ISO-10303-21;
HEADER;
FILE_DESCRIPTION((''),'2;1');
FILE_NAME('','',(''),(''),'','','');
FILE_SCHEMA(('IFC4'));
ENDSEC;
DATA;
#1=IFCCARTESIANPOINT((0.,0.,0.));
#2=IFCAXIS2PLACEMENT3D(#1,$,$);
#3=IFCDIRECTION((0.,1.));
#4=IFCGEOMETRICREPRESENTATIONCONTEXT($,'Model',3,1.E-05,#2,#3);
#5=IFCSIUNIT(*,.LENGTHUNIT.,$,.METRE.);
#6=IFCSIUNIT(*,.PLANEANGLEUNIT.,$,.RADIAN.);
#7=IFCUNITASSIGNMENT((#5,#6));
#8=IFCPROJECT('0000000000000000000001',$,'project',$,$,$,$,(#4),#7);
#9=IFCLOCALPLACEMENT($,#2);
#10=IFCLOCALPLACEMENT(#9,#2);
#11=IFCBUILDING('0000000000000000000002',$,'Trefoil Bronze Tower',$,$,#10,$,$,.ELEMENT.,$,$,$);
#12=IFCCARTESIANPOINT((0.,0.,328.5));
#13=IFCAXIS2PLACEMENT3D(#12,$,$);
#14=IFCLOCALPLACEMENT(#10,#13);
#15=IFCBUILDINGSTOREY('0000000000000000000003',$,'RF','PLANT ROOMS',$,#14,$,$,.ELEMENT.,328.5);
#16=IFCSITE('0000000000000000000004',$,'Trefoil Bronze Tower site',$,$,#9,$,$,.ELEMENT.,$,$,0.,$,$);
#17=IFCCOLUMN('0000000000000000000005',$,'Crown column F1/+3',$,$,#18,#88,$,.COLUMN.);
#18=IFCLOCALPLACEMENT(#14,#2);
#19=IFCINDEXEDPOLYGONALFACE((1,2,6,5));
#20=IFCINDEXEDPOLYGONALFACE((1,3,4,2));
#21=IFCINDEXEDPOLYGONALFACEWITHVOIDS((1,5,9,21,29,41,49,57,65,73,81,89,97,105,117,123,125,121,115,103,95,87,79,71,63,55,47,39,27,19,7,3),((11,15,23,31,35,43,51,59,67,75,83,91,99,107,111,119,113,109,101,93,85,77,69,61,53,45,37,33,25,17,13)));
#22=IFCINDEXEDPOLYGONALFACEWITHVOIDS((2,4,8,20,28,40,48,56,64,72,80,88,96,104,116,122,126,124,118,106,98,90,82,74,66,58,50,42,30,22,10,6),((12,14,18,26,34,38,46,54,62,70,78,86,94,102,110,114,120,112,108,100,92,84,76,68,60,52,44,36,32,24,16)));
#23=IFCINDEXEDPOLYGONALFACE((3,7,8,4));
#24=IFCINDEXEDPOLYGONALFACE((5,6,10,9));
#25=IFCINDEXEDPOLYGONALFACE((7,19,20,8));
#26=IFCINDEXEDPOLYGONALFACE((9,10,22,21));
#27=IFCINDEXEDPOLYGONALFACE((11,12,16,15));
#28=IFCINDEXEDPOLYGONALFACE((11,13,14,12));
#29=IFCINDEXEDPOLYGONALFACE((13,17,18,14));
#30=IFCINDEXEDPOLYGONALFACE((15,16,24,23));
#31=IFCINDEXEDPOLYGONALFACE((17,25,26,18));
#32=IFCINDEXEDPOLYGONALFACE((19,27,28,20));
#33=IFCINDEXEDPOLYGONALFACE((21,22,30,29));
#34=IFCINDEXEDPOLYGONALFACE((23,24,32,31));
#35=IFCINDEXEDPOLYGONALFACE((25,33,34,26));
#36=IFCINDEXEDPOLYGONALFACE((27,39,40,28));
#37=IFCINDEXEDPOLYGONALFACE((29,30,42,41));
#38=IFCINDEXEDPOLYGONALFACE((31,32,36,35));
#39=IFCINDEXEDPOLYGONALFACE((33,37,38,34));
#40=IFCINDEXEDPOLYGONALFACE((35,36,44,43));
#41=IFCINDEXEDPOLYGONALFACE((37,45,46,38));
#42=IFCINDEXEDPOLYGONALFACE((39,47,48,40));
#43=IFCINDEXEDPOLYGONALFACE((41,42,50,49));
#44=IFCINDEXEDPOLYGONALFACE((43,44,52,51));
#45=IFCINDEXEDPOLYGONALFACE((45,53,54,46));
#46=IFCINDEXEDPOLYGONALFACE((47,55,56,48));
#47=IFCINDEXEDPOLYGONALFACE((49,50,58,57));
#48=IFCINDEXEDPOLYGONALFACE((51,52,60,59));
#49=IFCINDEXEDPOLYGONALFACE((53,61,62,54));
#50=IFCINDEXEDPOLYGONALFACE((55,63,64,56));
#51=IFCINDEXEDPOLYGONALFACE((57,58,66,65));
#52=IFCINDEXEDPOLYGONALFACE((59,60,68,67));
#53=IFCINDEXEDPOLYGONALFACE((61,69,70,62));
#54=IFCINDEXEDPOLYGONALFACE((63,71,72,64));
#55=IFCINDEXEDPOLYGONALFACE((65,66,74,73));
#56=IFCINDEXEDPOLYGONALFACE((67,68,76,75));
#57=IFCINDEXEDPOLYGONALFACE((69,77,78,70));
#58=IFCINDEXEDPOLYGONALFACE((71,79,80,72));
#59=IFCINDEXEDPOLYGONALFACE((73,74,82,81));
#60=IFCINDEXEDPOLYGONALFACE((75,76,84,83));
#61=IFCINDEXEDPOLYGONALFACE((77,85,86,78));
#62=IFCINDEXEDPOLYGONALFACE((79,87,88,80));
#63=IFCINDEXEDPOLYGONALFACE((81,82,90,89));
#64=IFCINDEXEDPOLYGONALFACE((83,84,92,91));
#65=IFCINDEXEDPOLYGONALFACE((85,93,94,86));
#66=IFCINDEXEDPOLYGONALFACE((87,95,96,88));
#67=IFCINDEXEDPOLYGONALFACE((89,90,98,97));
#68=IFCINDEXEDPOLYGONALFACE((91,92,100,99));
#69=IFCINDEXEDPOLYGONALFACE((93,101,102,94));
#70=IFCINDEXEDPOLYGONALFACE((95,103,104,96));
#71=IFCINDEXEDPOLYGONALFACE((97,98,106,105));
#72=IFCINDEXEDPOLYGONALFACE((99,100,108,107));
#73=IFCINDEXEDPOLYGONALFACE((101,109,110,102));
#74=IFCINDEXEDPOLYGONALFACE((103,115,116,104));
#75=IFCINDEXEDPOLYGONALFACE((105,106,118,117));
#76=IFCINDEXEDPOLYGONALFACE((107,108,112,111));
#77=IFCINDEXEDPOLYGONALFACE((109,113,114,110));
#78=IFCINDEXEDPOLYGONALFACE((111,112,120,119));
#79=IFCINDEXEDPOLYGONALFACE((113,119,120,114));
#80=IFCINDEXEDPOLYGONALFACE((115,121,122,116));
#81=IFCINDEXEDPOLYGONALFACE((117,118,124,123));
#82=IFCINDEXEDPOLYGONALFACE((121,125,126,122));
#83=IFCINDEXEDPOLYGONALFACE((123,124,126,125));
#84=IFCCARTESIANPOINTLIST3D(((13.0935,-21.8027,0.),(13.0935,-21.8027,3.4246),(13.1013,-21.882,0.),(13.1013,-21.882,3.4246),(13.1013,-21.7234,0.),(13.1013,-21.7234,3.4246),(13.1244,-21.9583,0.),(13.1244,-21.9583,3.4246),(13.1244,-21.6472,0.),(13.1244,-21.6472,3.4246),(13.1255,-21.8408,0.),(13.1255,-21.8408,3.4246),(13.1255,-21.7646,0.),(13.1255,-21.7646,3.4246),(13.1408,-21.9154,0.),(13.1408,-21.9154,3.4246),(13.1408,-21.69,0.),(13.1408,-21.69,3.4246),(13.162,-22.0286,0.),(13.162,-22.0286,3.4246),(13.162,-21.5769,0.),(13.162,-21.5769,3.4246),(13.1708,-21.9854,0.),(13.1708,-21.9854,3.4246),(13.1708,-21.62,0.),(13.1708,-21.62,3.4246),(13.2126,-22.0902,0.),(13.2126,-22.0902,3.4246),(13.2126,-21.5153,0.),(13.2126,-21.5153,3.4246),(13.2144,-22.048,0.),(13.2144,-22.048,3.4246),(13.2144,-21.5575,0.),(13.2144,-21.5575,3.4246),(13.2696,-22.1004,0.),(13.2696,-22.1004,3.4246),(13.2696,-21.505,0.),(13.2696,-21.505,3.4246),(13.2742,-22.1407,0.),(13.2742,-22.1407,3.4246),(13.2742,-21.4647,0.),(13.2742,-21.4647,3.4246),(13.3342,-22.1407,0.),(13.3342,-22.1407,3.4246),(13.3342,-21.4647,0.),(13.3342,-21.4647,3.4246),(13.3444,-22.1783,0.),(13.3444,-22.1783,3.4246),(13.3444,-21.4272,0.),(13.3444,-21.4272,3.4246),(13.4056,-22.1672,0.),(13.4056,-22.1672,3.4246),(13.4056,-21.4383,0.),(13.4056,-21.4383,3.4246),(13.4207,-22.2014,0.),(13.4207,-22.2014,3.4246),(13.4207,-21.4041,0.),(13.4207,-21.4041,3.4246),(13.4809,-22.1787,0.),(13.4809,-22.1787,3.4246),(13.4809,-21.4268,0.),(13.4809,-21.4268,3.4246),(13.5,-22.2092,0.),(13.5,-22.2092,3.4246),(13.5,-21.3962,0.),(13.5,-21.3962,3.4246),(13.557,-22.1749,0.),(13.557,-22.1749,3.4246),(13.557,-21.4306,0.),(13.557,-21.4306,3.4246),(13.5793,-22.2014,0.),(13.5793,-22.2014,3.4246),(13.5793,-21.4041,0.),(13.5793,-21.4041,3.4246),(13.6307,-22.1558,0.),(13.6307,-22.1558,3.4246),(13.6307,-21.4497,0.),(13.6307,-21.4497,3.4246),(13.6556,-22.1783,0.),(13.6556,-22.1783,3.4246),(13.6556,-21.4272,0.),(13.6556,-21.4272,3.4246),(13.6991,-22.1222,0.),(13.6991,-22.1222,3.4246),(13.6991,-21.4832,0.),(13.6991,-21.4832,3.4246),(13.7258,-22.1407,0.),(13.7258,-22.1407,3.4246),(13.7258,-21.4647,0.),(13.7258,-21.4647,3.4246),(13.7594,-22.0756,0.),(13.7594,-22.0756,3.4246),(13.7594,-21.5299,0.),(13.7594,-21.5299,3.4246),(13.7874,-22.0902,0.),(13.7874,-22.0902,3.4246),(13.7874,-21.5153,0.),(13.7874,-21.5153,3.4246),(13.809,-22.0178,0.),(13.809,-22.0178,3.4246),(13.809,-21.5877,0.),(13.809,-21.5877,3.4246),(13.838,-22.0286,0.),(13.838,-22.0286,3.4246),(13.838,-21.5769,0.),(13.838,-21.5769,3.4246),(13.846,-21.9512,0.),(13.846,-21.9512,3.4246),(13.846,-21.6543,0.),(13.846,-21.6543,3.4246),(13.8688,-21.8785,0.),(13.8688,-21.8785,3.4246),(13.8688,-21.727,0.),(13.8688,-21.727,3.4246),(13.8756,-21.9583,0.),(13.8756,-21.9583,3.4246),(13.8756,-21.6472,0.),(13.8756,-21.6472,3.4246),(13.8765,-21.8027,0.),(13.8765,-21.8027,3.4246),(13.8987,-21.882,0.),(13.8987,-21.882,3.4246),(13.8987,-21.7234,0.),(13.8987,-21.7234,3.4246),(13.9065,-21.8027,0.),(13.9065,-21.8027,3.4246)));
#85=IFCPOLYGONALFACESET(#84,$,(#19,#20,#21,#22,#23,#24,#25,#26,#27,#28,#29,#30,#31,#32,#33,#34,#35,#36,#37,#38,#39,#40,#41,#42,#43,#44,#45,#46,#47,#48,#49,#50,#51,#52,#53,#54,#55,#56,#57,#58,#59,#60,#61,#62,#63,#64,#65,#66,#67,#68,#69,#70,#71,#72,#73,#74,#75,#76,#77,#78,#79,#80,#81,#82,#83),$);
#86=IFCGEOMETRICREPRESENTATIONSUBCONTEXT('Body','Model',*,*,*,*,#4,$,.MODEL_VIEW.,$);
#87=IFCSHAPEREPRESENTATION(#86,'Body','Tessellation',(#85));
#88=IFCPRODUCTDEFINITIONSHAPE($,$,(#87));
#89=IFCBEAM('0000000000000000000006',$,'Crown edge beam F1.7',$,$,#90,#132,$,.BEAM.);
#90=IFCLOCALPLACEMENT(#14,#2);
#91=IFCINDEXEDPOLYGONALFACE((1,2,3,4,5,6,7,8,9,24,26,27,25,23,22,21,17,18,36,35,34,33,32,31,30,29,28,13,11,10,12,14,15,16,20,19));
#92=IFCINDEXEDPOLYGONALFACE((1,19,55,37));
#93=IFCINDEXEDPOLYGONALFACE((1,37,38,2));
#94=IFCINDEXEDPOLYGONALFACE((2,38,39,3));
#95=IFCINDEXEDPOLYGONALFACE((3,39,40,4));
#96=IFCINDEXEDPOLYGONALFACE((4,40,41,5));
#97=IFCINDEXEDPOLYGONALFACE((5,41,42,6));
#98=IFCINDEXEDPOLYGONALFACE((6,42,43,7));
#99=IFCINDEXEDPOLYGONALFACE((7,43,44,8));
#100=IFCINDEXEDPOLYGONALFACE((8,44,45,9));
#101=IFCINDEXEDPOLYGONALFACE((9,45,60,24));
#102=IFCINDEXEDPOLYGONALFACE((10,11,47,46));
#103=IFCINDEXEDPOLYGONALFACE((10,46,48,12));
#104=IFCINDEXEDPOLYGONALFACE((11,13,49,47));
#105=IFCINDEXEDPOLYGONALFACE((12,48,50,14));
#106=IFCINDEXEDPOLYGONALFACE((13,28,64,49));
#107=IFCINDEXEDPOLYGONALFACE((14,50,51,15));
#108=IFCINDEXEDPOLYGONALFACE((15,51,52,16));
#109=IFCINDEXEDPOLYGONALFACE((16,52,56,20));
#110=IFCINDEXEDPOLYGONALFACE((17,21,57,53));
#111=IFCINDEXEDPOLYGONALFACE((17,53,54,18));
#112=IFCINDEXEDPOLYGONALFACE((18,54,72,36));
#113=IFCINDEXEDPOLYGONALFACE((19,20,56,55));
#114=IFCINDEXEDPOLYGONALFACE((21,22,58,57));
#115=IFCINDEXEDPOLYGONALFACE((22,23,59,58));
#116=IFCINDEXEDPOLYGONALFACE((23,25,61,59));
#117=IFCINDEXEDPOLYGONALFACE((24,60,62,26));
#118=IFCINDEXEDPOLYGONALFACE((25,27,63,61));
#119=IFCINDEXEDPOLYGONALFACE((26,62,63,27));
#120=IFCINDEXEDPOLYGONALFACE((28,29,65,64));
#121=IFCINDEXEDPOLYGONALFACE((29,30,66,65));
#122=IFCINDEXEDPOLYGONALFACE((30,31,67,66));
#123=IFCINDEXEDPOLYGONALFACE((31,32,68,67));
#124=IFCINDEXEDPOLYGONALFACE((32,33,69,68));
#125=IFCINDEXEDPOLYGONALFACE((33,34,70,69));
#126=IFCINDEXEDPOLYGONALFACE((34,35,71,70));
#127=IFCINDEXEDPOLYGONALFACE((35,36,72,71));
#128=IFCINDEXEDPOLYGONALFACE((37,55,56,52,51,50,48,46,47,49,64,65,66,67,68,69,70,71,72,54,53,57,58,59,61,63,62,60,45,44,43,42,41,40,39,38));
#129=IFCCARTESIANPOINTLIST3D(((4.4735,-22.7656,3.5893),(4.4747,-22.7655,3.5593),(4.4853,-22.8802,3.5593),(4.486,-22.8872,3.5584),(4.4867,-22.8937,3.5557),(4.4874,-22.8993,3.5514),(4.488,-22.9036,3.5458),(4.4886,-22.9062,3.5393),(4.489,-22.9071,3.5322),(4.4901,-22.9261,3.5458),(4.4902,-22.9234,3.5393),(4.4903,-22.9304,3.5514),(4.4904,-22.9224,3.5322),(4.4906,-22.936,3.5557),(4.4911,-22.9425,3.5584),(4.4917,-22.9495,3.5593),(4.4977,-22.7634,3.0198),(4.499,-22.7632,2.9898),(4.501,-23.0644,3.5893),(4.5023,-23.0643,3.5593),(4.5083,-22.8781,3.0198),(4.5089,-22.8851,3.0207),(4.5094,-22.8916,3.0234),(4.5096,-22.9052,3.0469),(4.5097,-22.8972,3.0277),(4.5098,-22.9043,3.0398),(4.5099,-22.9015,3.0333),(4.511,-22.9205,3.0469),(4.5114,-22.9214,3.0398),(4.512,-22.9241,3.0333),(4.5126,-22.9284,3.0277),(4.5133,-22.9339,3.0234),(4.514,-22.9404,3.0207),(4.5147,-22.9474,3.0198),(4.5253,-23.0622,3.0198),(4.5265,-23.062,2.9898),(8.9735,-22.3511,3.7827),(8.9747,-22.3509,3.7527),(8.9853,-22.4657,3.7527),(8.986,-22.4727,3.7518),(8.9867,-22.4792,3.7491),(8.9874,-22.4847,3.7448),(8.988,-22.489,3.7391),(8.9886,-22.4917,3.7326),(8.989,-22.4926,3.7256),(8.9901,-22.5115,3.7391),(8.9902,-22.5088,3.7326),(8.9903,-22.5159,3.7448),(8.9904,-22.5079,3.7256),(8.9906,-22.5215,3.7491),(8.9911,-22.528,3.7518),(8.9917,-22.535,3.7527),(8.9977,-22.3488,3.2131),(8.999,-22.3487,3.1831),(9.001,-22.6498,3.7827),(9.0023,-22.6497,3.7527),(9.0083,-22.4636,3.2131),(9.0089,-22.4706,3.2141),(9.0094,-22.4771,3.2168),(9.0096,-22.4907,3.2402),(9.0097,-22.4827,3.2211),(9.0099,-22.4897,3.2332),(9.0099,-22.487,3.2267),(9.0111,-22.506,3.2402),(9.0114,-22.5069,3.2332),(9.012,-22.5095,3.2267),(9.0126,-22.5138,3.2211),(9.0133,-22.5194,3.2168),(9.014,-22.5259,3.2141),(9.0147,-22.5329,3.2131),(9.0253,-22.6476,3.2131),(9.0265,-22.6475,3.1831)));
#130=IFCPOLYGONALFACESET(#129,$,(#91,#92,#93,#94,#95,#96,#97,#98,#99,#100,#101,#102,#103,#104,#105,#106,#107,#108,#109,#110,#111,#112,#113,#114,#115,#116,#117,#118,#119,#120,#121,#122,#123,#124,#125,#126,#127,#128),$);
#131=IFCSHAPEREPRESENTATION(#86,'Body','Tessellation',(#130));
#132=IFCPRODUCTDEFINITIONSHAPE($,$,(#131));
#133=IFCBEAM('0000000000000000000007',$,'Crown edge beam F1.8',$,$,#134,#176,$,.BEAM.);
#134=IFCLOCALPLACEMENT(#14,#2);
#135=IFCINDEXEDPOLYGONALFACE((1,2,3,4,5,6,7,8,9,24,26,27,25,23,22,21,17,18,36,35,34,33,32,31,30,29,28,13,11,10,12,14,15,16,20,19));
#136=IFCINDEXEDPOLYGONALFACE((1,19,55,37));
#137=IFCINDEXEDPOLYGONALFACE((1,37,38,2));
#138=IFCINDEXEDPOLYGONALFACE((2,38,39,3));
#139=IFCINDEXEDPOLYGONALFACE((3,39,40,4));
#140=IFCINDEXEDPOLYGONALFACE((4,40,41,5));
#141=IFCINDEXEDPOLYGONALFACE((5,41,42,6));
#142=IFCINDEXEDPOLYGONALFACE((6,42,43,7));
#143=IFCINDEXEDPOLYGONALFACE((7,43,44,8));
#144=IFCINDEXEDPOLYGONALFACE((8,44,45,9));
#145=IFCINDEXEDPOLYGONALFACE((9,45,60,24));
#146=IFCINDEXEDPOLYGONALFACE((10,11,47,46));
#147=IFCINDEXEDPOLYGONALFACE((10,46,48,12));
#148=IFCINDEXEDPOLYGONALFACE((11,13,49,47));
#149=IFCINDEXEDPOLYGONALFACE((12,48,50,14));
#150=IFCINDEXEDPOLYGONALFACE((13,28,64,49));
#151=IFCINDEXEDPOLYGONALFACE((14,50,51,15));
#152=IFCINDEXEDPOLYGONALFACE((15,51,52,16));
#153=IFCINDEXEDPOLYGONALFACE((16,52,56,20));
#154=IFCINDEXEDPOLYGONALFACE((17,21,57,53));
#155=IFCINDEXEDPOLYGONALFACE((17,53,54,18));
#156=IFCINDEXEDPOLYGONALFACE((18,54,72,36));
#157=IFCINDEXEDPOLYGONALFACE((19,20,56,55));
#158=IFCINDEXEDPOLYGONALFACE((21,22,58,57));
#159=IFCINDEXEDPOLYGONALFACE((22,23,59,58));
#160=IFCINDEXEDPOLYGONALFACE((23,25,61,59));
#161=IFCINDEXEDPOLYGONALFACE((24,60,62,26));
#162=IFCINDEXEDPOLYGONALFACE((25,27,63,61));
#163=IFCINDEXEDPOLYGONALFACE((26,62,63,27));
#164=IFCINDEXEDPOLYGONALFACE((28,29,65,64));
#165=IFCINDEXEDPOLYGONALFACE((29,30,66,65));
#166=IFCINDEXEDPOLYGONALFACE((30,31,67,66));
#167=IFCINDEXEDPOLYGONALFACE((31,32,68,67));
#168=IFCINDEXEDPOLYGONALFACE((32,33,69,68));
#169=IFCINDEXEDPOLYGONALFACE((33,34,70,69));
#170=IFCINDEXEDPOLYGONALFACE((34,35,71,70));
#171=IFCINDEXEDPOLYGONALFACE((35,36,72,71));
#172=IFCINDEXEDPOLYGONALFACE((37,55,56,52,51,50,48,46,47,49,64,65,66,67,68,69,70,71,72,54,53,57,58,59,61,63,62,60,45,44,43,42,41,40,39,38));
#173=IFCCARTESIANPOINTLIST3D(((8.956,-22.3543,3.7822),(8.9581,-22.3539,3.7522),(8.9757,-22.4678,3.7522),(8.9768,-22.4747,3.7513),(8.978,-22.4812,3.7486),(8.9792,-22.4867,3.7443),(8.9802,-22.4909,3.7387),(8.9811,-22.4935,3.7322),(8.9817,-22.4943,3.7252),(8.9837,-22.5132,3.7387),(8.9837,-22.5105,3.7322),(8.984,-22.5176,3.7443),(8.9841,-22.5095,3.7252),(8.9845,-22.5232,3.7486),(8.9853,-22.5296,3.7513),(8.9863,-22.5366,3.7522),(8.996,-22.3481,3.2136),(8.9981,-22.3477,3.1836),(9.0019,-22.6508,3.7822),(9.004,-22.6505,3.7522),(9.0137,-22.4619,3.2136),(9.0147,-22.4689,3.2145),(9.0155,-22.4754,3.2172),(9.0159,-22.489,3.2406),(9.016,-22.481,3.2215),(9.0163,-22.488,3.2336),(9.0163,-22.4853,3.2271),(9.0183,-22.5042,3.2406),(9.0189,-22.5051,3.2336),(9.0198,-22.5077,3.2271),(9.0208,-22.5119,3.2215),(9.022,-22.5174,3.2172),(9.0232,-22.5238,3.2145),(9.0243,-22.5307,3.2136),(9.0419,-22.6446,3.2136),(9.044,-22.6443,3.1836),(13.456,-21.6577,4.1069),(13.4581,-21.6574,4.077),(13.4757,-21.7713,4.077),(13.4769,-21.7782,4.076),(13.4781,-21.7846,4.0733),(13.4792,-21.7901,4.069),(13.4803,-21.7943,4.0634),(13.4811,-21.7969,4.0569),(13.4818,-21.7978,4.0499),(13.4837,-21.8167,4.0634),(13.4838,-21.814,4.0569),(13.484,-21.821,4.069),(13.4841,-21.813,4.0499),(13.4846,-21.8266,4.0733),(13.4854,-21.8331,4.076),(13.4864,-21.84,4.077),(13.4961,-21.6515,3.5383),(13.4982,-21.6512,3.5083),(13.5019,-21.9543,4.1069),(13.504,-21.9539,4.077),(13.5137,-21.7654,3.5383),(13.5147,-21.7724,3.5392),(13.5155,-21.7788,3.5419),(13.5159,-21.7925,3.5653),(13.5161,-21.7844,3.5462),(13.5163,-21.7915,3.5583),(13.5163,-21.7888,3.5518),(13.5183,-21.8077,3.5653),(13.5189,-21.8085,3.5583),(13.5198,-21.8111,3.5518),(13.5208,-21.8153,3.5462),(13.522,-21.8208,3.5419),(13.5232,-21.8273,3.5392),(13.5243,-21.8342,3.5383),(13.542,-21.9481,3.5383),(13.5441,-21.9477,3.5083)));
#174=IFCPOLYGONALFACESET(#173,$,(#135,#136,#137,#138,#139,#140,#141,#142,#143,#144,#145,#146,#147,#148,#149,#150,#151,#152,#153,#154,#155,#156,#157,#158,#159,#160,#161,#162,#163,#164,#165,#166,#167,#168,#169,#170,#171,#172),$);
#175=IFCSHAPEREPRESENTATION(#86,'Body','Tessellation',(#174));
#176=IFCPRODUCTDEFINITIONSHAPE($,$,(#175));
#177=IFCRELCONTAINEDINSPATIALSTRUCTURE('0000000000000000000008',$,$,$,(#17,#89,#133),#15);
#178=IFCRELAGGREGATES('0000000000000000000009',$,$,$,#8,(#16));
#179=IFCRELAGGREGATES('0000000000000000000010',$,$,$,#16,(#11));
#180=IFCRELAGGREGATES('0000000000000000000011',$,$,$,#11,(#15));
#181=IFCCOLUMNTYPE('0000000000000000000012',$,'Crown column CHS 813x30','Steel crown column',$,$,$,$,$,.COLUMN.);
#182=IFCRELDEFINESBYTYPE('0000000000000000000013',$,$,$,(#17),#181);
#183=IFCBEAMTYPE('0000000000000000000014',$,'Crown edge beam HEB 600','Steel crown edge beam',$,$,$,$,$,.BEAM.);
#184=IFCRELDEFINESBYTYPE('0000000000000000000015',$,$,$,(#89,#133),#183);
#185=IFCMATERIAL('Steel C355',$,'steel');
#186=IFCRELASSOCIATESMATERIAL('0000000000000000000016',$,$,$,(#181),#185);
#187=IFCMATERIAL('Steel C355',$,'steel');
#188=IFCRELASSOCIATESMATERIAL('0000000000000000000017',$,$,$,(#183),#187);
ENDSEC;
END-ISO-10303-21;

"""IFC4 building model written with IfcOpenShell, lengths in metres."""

from ifc_helpers import new_model, si_unit, direction, frame, origin, origin_2d, place, context, subcontext, project, spatial, hollow_circle, i_section, extrude, material, material_profile, profile_set, type_object, element, save


model = new_model("IFC4")

# Units and contexts
model_context = context("Model", 3, precision=1e-05, world=origin(), true_north=direction((0.0, 1.0)))
body_context = subcontext(model_context, "Body", "Model", "MODEL_VIEW")
ifc_project = project(units=[si_unit("LENGTHUNIT", "METRE"), si_unit("PLANEANGLEUNIT", "RADIAN")], contexts=[model_context])

# Site, building, storey
site_placement = place(None, origin())
site = spatial("IfcSite", under=ifc_project, at=site_placement, Name="Trefoil Bronze Tower site", CompositionType="ELEMENT", RefElevation=0.0)
building_placement = place(site_placement, origin())
building = spatial("IfcBuilding", under=site, at=building_placement, Name="Trefoil Bronze Tower", CompositionType="ELEMENT")
storey_placement = place(building_placement, frame((0.0, 0.0, 328.5)))
storey = spatial("IfcBuildingStorey", under=building, at=storey_placement, Name="RF", Description="PLANT ROOMS", CompositionType="ELEMENT", Elevation=328.5)

# Column
ifc_material_1 = material(Name="Steel C355", Category="steel")
ifc_material_profile_1 = material_profile(ifc_material_1, hollow_circle(Radius=0.4065, WallThickness=0.03, at=origin_2d()), Name="CHS 813x30")
ifc_profile_set_1 = profile_set([ifc_material_profile_1], Name="Steel C355")
column_type = type_object("IfcColumnType", Name="Crown column CHS 813x30", Description="Steel crown column", PredefinedType="COLUMN", material=ifc_profile_set_1)
column_1_placement = place(storey_placement, frame((13.5, -21.8027, 0.0), z_axis=(0.0, 0.0, 1.0), x_axis=(1.0, 0.0, 0.0)))
element("IfcColumn", 1, at=column_1_placement, inside=storey, type_object=column_type, Name="Crown column F1/+3", PredefinedType="COLUMN", context=body_context, shape_type="SweptSolid", body=[
    extrude(hollow_circle(Radius=0.4065, WallThickness=0.03, at=origin_2d()), origin(), (0.0, 0.0, 1.0), 3.4246),
])

# Beams
ifc_material_2 = material(Name="Steel C355", Category="steel")
ifc_material_profile_2 = material_profile(ifc_material_2, i_section(OverallWidth=0.3, OverallDepth=0.6001, WebThickness=0.0154, FlangeThickness=0.03, FilletRadius=0.0271, at=origin_2d()), Name="HEB 600")
ifc_profile_set_2 = profile_set([ifc_material_profile_2], Name="Steel C355")
beam_type_1 = type_object("IfcBeamType", Name="Crown edge beam HEB 600", Description="Steel crown edge beam", PredefinedType="BEAM", material=ifc_profile_set_2)
beam_1_placement = place(storey_placement, frame((4.5, -22.9138, 3.2896), z_axis=(0.994873, 0.09165, 0.042748), x_axis=(-0.091734, 0.995784, 0.0)))
element("IfcBeam", 2, at=beam_1_placement, inside=storey, type_object=beam_type_1, Name="Crown edge beam F1.7", PredefinedType="BEAM", context=body_context, shape_type="SweptSolid", body=[
    extrude(i_section(OverallWidth=0.3, OverallDepth=0.6001, WebThickness=0.0154, FlangeThickness=0.03, FilletRadius=0.0271, at=origin_2d()), origin(), (0.0, 0.0, 1.0), 4.5232),
])
beam_2_placement = place(storey_placement, frame((9.0, -22.4993, 3.4829), z_axis=(0.985729, 0.152576, 0.071127), x_axis=(-0.152964, 0.988232, 0.0)))
element("IfcBeam", 3, at=beam_2_placement, inside=storey, type_object=beam_type_1, Name="Crown edge beam F1.8", PredefinedType="BEAM", context=body_context, shape_type="SweptSolid", body=[
    extrude(i_section(OverallWidth=0.3, OverallDepth=0.6001, WebThickness=0.0154, FlangeThickness=0.03, FilletRadius=0.0271, at=origin_2d()), origin(), (0.0, 0.0, 1.0), 4.5652),
])

save(model, "model.ifc")
